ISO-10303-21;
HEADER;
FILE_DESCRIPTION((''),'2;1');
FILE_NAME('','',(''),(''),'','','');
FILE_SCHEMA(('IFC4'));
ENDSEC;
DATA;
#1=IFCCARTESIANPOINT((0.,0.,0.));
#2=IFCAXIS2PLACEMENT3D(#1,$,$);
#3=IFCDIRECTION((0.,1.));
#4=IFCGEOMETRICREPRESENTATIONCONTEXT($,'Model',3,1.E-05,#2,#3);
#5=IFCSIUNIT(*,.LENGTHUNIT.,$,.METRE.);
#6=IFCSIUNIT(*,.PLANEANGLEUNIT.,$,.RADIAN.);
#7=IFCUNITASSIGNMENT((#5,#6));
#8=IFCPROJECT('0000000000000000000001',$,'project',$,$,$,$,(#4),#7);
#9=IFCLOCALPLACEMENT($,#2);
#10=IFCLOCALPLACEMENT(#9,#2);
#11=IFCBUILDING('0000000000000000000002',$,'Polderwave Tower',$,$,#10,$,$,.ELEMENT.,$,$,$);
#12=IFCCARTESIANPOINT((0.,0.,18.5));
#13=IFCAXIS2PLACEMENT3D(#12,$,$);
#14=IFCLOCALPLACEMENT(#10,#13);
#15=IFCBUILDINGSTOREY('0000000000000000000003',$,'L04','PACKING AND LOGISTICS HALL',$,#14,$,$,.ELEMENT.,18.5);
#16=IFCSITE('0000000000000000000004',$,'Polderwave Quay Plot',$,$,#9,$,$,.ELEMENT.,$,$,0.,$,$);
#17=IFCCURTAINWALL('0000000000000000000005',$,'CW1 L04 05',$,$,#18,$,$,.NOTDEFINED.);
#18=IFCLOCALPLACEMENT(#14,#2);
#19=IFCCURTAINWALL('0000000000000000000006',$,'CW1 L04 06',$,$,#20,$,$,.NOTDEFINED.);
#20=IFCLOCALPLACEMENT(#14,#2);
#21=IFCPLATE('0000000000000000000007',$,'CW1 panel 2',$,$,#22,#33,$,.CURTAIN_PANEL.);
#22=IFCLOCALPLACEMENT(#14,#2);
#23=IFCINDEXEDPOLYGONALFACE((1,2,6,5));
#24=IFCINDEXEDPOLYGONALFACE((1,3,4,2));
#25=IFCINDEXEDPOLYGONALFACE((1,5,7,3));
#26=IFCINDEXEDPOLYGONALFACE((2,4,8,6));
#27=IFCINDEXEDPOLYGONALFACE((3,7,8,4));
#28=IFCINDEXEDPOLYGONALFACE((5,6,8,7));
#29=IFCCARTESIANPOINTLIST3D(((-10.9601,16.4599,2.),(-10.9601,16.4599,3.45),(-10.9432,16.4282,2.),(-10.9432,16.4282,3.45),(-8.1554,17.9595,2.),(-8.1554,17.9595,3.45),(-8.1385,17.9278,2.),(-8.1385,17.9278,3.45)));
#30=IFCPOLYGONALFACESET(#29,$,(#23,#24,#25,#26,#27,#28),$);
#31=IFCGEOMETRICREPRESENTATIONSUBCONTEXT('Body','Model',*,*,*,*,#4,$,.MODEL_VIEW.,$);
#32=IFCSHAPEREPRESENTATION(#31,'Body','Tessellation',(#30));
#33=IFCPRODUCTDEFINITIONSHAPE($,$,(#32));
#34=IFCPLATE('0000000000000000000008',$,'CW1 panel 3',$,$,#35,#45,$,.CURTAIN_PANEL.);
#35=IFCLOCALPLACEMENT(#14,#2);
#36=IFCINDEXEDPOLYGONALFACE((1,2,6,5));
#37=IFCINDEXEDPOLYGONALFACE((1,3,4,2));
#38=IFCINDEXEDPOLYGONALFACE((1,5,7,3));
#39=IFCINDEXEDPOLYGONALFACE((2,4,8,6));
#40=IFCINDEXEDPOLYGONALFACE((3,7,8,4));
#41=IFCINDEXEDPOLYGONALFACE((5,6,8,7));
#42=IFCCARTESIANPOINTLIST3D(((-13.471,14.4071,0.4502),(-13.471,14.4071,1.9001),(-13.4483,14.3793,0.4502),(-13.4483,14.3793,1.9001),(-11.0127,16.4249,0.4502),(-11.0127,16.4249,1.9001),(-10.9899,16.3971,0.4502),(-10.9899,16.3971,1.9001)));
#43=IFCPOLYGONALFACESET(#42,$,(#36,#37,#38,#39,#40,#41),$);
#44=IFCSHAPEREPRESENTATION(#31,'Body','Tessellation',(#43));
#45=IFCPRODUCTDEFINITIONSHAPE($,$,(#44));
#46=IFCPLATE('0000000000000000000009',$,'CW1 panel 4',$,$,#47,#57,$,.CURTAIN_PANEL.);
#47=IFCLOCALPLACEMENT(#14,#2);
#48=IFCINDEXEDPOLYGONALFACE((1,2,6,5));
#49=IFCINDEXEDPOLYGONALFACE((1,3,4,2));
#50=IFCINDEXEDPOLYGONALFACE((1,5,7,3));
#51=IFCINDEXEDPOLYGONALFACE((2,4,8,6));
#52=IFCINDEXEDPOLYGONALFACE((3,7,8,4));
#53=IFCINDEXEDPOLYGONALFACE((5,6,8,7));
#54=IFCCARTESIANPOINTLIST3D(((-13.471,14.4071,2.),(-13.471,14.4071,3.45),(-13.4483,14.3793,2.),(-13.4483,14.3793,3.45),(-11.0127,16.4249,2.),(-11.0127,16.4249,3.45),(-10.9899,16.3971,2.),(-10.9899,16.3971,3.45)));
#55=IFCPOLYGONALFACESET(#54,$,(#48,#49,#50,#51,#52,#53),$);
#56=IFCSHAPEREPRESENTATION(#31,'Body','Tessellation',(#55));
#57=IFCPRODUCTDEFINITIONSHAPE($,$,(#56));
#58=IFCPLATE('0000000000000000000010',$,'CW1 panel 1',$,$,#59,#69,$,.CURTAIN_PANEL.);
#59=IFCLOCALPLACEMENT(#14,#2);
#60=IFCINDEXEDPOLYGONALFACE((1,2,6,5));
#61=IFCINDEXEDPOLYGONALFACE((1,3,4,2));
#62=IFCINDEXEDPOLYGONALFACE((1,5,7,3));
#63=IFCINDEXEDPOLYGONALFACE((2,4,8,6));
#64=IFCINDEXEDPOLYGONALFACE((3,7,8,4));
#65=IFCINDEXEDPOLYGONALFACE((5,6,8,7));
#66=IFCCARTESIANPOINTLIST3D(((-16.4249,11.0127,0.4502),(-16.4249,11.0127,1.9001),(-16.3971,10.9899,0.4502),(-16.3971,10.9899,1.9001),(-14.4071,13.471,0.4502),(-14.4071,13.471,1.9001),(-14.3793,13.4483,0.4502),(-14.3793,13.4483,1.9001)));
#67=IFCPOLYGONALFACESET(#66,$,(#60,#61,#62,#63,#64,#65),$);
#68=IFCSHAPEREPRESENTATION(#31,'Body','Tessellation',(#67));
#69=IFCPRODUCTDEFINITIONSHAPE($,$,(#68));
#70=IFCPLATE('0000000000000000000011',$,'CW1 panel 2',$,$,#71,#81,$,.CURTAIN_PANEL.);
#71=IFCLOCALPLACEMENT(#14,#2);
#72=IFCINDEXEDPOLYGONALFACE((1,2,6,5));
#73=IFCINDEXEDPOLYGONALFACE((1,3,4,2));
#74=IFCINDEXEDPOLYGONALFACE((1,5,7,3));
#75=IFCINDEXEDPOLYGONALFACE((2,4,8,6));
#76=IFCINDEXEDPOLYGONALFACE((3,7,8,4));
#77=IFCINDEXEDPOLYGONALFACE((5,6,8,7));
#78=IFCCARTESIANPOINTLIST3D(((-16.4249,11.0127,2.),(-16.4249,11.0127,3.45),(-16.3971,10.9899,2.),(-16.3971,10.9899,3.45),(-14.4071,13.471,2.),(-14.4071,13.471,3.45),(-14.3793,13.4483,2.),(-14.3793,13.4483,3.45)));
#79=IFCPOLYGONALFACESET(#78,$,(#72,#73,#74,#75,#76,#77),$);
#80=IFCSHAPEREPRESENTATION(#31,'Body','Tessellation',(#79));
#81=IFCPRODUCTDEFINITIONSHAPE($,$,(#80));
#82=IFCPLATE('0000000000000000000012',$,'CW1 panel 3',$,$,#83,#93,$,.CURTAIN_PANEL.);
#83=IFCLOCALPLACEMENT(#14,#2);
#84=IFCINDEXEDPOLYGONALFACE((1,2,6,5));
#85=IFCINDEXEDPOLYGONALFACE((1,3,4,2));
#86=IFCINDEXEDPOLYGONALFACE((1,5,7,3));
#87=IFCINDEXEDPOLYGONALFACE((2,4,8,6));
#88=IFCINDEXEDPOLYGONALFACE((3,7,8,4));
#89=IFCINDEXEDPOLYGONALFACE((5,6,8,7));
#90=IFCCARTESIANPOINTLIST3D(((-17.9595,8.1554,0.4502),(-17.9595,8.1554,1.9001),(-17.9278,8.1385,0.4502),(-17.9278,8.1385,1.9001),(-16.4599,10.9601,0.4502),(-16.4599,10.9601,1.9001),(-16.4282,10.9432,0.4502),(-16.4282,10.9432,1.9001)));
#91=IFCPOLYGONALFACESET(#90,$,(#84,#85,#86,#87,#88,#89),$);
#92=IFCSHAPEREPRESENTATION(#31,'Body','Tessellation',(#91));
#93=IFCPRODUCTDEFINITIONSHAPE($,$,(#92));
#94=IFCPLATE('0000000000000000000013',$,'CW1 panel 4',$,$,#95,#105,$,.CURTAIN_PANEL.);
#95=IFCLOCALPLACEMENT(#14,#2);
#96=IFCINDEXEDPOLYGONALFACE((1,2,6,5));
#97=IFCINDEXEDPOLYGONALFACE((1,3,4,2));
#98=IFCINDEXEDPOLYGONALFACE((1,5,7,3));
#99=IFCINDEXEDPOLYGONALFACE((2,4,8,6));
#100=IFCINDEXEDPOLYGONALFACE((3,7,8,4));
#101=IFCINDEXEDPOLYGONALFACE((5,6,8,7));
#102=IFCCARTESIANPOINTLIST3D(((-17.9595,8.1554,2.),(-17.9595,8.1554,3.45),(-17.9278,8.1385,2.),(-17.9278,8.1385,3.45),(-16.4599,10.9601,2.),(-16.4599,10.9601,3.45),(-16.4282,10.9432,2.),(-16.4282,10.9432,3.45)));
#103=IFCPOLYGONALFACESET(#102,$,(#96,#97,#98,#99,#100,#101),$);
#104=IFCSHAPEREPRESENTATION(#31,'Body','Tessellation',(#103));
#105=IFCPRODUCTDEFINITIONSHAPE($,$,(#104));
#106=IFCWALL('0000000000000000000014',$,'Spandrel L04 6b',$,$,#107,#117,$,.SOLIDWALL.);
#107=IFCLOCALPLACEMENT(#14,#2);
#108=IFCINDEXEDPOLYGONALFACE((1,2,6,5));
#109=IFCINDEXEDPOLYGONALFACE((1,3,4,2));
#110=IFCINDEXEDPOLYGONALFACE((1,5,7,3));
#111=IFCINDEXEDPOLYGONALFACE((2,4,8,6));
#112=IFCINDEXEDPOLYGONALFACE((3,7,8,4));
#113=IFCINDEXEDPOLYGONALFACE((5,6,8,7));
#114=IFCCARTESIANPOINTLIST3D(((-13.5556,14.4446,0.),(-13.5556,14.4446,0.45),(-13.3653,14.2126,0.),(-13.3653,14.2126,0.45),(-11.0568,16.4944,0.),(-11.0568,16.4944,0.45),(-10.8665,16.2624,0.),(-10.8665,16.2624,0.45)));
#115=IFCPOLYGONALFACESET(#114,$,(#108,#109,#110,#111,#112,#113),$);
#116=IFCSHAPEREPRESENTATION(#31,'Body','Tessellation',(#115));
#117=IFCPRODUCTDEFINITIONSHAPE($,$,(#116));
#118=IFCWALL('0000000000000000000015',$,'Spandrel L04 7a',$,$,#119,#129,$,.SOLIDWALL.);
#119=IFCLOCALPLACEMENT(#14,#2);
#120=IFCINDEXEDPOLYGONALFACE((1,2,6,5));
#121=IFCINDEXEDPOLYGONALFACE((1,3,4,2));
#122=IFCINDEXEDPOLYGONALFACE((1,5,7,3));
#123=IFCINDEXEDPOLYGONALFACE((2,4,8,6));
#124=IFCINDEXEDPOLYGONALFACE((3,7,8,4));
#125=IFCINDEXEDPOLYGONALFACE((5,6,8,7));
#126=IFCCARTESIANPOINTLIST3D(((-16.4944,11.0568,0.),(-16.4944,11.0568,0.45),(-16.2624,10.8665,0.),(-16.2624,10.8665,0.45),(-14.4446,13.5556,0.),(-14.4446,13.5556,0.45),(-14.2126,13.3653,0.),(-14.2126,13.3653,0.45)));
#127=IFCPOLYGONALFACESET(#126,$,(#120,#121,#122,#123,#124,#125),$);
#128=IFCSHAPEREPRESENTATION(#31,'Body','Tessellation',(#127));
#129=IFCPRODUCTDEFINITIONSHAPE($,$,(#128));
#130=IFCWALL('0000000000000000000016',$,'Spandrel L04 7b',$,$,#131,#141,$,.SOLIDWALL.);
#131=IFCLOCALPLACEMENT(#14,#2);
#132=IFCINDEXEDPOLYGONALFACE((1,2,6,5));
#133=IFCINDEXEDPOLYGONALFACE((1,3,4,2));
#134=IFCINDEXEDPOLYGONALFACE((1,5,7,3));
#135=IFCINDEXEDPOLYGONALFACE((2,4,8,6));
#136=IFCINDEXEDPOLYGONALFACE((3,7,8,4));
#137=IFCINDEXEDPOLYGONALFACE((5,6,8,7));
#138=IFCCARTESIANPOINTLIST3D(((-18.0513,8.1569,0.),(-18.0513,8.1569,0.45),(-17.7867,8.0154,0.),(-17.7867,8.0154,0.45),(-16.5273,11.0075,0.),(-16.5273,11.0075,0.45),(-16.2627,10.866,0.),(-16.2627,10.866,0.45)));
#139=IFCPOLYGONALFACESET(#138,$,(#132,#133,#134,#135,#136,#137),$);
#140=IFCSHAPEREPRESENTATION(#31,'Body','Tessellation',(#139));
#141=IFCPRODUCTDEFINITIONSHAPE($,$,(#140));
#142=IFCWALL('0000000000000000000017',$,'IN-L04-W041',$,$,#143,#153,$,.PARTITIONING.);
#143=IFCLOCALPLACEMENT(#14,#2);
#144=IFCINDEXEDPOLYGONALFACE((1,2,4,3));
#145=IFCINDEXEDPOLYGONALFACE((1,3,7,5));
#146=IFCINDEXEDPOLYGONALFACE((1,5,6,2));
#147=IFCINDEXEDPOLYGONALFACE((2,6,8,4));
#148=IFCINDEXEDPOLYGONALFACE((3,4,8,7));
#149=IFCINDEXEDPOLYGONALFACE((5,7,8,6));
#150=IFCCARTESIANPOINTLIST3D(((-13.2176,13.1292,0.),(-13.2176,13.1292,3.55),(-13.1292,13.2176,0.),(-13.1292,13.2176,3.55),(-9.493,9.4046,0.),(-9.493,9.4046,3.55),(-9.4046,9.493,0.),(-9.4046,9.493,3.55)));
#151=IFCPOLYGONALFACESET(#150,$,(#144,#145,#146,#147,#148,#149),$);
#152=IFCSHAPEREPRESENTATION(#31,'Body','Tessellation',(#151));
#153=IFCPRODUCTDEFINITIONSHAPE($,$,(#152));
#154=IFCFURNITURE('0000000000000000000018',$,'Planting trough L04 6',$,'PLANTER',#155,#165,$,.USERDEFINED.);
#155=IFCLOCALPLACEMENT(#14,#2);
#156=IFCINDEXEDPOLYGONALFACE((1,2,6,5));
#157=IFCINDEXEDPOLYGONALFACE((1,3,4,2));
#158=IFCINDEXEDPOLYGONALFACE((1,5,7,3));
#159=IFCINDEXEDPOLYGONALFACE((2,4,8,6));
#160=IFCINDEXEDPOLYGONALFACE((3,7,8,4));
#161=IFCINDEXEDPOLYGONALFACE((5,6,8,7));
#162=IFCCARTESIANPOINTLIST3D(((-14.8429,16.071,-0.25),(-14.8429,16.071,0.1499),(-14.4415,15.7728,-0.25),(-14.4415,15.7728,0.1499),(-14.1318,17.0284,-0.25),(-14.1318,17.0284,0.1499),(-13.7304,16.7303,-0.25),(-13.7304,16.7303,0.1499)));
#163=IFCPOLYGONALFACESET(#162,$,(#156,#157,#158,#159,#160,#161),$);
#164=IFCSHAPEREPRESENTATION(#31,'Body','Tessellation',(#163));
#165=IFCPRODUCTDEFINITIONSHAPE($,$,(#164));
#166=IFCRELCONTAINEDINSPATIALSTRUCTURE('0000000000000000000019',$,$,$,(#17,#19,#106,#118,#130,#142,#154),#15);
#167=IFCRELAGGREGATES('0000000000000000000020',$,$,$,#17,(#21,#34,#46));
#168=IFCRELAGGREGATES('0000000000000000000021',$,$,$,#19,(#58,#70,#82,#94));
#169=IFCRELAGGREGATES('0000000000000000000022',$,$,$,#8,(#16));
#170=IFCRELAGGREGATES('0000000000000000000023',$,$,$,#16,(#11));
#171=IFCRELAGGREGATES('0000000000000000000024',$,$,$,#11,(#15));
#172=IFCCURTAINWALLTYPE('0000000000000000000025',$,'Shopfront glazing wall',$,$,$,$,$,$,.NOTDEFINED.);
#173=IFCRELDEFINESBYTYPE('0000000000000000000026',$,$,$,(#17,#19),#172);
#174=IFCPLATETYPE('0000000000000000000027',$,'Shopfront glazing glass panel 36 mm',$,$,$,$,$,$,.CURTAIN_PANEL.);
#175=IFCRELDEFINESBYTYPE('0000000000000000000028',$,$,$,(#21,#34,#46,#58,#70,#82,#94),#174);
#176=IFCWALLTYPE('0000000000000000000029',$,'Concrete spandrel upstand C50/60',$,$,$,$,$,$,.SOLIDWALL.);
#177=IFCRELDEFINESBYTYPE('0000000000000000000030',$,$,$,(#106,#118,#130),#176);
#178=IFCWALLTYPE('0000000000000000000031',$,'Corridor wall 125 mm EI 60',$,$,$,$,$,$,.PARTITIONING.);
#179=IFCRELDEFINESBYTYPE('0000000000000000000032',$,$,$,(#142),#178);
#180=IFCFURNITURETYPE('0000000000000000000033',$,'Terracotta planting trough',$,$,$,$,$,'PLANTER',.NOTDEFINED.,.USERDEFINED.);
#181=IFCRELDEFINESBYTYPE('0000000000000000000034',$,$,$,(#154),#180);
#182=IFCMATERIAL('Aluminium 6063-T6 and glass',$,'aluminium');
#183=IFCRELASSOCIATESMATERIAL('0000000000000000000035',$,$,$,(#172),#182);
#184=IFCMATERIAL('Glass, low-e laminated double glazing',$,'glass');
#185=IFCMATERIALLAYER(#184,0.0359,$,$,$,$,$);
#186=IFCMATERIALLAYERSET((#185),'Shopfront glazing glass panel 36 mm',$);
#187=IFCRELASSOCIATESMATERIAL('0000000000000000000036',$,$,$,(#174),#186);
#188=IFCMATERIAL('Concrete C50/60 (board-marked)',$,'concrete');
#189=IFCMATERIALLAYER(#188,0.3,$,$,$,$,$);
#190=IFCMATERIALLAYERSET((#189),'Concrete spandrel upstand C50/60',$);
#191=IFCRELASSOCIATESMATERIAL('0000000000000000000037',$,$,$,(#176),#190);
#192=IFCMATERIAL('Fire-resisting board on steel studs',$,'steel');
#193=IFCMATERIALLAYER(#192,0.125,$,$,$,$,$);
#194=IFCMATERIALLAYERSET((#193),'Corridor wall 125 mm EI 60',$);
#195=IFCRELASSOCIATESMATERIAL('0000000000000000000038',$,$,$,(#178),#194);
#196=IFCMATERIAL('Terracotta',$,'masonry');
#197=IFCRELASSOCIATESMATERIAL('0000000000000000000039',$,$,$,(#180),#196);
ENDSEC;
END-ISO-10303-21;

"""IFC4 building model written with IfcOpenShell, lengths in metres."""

from ifc_helpers import new_model, si_unit, direction, frame, frame_2d, origin, origin_2d, place, context, subcontext, project, spatial, rectangle, extrude, material, layer, layer_set, type_object, element, aggregate, save


model = new_model("IFC4")

# Units and contexts
model_context = context("Model", 3, precision=1e-05, world=origin(), true_north=direction((0.0, 1.0)))
body_context = subcontext(model_context, "Body", "Model", "MODEL_VIEW")
ifc_project = project(units=[si_unit("LENGTHUNIT", "METRE"), si_unit("PLANEANGLEUNIT", "RADIAN")], contexts=[model_context])

# Site, building, storey
site_placement = place(None, origin())
site = spatial("IfcSite", under=ifc_project, at=site_placement, Name="Polderwave Quay Plot", CompositionType="ELEMENT", RefElevation=0.0)
building_placement = place(site_placement, origin())
building = spatial("IfcBuilding", under=site, at=building_placement, Name="Polderwave Tower", CompositionType="ELEMENT")
storey_placement = place(building_placement, frame((0.0, 0.0, 18.5)))
storey = spatial("IfcBuildingStorey", under=building, at=storey_placement, Name="L04", Description="PACKING AND LOGISTICS HALL", CompositionType="ELEMENT", Elevation=18.5)

# Curtain walls
ifc_material_1 = material(Name="Aluminium 6063-T6 and glass", Category="aluminium")
curtain_wall_type = type_object("IfcCurtainWallType", Name="Shopfront glazing wall", PredefinedType="NOTDEFINED", material=ifc_material_1)
curtain_wall_1_placement = place(storey_placement, origin())
curtain_wall_1 = element("IfcCurtainWall", 1, at=curtain_wall_1_placement, inside=storey, type_object=curtain_wall_type, Name="CW1 L04 05", PredefinedType="NOTDEFINED")
curtain_wall_2_placement = place(storey_placement, origin())
curtain_wall_2 = element("IfcCurtainWall", 2, at=curtain_wall_2_placement, inside=storey, type_object=curtain_wall_type, Name="CW1 L04 06", PredefinedType="NOTDEFINED")

# Plates
ifc_material_2 = material(Name="Glass, low-e laminated double glazing", Category="glass")
ifc_layer_1 = layer(ifc_material_2, 0.0359)
ifc_layer_set_1 = layer_set([ifc_layer_1], Name="Shopfront glazing glass panel 36 mm")
plate_type = type_object("IfcPlateType", Name="Shopfront glazing glass panel 36 mm", PredefinedType="CURTAIN_PANEL", material=ifc_layer_set_1)
plate_1_placement = place(storey_placement, frame((-9.5493, 17.1938, 2.0), z_axis=(0.0, 0.0, 1.0), x_axis=(-0.881861, -0.471509, 0.0)))
plate_1 = element("IfcPlate", 3, at=plate_1_placement, type_object=plate_type, Name="CW1 panel 2", PredefinedType="CURTAIN_PANEL", context=body_context, shape_type="SweptSolid", body=[
    extrude(rectangle(XDim=3.1804, YDim=0.0359, at=origin_2d()), origin(), (0.0, 0.0, 1.0), 1.45),
])
plate_2_placement = place(storey_placement, frame((-12.2305, 15.4021, 0.4502), z_axis=(0.0, 0.0, 1.0), x_axis=(-0.772962, -0.634453, 0.0)))
plate_2 = element("IfcPlate", 4, at=plate_2_placement, type_object=plate_type, Name="CW1 panel 3", PredefinedType="CURTAIN_PANEL", context=body_context, shape_type="SweptSolid", body=[
    extrude(rectangle(XDim=3.1804, YDim=0.0359, at=origin_2d()), origin(), (0.0, 0.0, 1.0), 1.45),
])
plate_3_placement = place(storey_placement, frame((-12.2305, 15.4021, 2.0), z_axis=(0.0, 0.0, 1.0), x_axis=(-0.772962, -0.634453, 0.0)))
plate_3 = element("IfcPlate", 5, at=plate_3_placement, type_object=plate_type, Name="CW1 panel 4", PredefinedType="CURTAIN_PANEL", context=body_context, shape_type="SweptSolid", body=[
    extrude(rectangle(XDim=3.1804, YDim=0.0359, at=origin_2d()), origin(), (0.0, 0.0, 1.0), 1.45),
])
aggregate(curtain_wall_1, [plate_1, plate_2, plate_3])
plate_4_placement = place(storey_placement, frame((-15.4021, 12.2305, 0.4502), z_axis=(0.0, 0.0, 1.0), x_axis=(-0.634453, -0.772962, 0.0)))
plate_4 = element("IfcPlate", 6, at=plate_4_placement, type_object=plate_type, Name="CW1 panel 1", PredefinedType="CURTAIN_PANEL", context=body_context, shape_type="SweptSolid", body=[
    extrude(rectangle(XDim=3.1804, YDim=0.0359, at=origin_2d()), origin(), (0.0, 0.0, 1.0), 1.45),
])
plate_5_placement = place(storey_placement, frame((-15.4021, 12.2305, 2.0), z_axis=(0.0, 0.0, 1.0), x_axis=(-0.634453, -0.772962, 0.0)))
plate_5 = element("IfcPlate", 7, at=plate_5_placement, type_object=plate_type, Name="CW1 panel 2", PredefinedType="CURTAIN_PANEL", context=body_context, shape_type="SweptSolid", body=[
    extrude(rectangle(XDim=3.1804, YDim=0.0359, at=origin_2d()), origin(), (0.0, 0.0, 1.0), 1.45),
])
plate_6_placement = place(storey_placement, frame((-17.1938, 9.5493, 0.4502), z_axis=(0.0, 0.0, 1.0), x_axis=(-0.471509, -0.881861, 0.0)))
plate_6 = element("IfcPlate", 8, at=plate_6_placement, type_object=plate_type, Name="CW1 panel 3", PredefinedType="CURTAIN_PANEL", context=body_context, shape_type="SweptSolid", body=[
    extrude(rectangle(XDim=3.1804, YDim=0.0359, at=origin_2d()), origin(), (0.0, 0.0, 1.0), 1.45),
])
plate_7_placement = place(storey_placement, frame((-17.1938, 9.5493, 2.0), z_axis=(0.0, 0.0, 1.0), x_axis=(-0.471509, -0.881861, 0.0)))
plate_7 = element("IfcPlate", 9, at=plate_7_placement, type_object=plate_type, Name="CW1 panel 4", PredefinedType="CURTAIN_PANEL", context=body_context, shape_type="SweptSolid", body=[
    extrude(rectangle(XDim=3.1804, YDim=0.0359, at=origin_2d()), origin(), (0.0, 0.0, 1.0), 1.45),
])
aggregate(curtain_wall_2, [plate_4, plate_5, plate_6, plate_7])

# Walls
ifc_material_3 = material(Name="Concrete C50/60 (board-marked)", Category="concrete")
ifc_layer_2 = layer(ifc_material_3, 0.3)
ifc_layer_set_2 = layer_set([ifc_layer_2], Name="Concrete spandrel upstand C50/60")
wall_type_1 = type_object("IfcWallType", Name="Concrete spandrel upstand C50/60", PredefinedType="SOLIDWALL", material=ifc_layer_set_2)
for number, where, z_axis, x_axis, name in (
    (10, (-10.9617, 16.3784, 0.0), (0.0, 0.0, 1.0), (-0.773146, -0.634229, 0.0), "Spandrel L04 6b"),
    (11, (-14.3286, 13.4604, 0.0), (0.0, 0.0, 1.0), (-0.634229, -0.773146, 0.0), "Spandrel L04 7a"),
):
    element("IfcWall", number, at=place(storey_placement, frame(where, z_axis=z_axis, x_axis=x_axis)), inside=storey, type_object=wall_type_1, Name=name, PredefinedType="SOLIDWALL", context=body_context, shape_type="SweptSolid", body=[
        extrude(rectangle(XDim=3.2319, YDim=0.3, at=frame_2d((1.616, 0.0))), origin(), (0.0, 0.0, 1.0), 0.45),
    ])
wall_1_placement = place(storey_placement, frame((-16.395, 10.9368, 0.0), z_axis=(0.0, 0.0, 1.0), x_axis=(-0.471458, -0.881888, 0.0)))
element("IfcWall", 12, at=wall_1_placement, inside=storey, type_object=wall_type_1, Name="Spandrel L04 7b", PredefinedType="SOLIDWALL", context=body_context, shape_type="SweptSolid", body=[
    extrude(rectangle(XDim=3.2324, YDim=0.3, at=frame_2d((1.6162, 0.0))), origin(), (0.0, 0.0, 1.0), 0.45),
])
ifc_material_4 = material(Name="Fire-resisting board on steel studs", Category="steel")
ifc_layer_3 = layer(ifc_material_4, 0.125)
ifc_layer_set_3 = layer_set([ifc_layer_3], Name="Corridor wall 125 mm EI 60")
wall_type_2 = type_object("IfcWallType", Name="Corridor wall 125 mm EI 60", PredefinedType="PARTITIONING", material=ifc_layer_set_3)
wall_2_placement = place(storey_placement, frame((-9.4487, 9.4487, 0.0), z_axis=(0.0, 0.0, 1.0), x_axis=(-0.707107, 0.707107, 0.0)))
element("IfcWall", 13, at=wall_2_placement, inside=storey, type_object=wall_type_2, Name="IN-L04-W041", PredefinedType="PARTITIONING", context=body_context, shape_type="SweptSolid", body=[
    extrude(rectangle(XDim=5.2673, YDim=0.125, at=frame_2d((2.6338, 0.0))), origin(), (0.0, 0.0, 1.0), 3.55),
])

# Furniture
ifc_material_5 = material(Name="Terracotta", Category="masonry")
furniture_type = type_object("IfcFurnitureType", Name="Terracotta planting trough", ElementType="PLANTER", AssemblyPlace="NOTDEFINED", PredefinedType="USERDEFINED", material=ifc_material_5)
furniture_placement = place(storey_placement, frame((-14.2866, 16.4006, -0.25), z_axis=(0.0, 0.0, 1.0), x_axis=(-0.596233, -0.802811, 0.0)))
element("IfcFurniture", 14, at=furniture_placement, inside=storey, type_object=furniture_type, Name="Planting trough L04 6", ObjectType="PLANTER", PredefinedType="USERDEFINED", context=body_context, shape_type="SweptSolid", body=[
    extrude(rectangle(XDim=1.1926, YDim=0.5, at=origin_2d()), origin(), (0.0, 0.0, 1.0), 0.3999),
])

save(model, "model.ifc")
